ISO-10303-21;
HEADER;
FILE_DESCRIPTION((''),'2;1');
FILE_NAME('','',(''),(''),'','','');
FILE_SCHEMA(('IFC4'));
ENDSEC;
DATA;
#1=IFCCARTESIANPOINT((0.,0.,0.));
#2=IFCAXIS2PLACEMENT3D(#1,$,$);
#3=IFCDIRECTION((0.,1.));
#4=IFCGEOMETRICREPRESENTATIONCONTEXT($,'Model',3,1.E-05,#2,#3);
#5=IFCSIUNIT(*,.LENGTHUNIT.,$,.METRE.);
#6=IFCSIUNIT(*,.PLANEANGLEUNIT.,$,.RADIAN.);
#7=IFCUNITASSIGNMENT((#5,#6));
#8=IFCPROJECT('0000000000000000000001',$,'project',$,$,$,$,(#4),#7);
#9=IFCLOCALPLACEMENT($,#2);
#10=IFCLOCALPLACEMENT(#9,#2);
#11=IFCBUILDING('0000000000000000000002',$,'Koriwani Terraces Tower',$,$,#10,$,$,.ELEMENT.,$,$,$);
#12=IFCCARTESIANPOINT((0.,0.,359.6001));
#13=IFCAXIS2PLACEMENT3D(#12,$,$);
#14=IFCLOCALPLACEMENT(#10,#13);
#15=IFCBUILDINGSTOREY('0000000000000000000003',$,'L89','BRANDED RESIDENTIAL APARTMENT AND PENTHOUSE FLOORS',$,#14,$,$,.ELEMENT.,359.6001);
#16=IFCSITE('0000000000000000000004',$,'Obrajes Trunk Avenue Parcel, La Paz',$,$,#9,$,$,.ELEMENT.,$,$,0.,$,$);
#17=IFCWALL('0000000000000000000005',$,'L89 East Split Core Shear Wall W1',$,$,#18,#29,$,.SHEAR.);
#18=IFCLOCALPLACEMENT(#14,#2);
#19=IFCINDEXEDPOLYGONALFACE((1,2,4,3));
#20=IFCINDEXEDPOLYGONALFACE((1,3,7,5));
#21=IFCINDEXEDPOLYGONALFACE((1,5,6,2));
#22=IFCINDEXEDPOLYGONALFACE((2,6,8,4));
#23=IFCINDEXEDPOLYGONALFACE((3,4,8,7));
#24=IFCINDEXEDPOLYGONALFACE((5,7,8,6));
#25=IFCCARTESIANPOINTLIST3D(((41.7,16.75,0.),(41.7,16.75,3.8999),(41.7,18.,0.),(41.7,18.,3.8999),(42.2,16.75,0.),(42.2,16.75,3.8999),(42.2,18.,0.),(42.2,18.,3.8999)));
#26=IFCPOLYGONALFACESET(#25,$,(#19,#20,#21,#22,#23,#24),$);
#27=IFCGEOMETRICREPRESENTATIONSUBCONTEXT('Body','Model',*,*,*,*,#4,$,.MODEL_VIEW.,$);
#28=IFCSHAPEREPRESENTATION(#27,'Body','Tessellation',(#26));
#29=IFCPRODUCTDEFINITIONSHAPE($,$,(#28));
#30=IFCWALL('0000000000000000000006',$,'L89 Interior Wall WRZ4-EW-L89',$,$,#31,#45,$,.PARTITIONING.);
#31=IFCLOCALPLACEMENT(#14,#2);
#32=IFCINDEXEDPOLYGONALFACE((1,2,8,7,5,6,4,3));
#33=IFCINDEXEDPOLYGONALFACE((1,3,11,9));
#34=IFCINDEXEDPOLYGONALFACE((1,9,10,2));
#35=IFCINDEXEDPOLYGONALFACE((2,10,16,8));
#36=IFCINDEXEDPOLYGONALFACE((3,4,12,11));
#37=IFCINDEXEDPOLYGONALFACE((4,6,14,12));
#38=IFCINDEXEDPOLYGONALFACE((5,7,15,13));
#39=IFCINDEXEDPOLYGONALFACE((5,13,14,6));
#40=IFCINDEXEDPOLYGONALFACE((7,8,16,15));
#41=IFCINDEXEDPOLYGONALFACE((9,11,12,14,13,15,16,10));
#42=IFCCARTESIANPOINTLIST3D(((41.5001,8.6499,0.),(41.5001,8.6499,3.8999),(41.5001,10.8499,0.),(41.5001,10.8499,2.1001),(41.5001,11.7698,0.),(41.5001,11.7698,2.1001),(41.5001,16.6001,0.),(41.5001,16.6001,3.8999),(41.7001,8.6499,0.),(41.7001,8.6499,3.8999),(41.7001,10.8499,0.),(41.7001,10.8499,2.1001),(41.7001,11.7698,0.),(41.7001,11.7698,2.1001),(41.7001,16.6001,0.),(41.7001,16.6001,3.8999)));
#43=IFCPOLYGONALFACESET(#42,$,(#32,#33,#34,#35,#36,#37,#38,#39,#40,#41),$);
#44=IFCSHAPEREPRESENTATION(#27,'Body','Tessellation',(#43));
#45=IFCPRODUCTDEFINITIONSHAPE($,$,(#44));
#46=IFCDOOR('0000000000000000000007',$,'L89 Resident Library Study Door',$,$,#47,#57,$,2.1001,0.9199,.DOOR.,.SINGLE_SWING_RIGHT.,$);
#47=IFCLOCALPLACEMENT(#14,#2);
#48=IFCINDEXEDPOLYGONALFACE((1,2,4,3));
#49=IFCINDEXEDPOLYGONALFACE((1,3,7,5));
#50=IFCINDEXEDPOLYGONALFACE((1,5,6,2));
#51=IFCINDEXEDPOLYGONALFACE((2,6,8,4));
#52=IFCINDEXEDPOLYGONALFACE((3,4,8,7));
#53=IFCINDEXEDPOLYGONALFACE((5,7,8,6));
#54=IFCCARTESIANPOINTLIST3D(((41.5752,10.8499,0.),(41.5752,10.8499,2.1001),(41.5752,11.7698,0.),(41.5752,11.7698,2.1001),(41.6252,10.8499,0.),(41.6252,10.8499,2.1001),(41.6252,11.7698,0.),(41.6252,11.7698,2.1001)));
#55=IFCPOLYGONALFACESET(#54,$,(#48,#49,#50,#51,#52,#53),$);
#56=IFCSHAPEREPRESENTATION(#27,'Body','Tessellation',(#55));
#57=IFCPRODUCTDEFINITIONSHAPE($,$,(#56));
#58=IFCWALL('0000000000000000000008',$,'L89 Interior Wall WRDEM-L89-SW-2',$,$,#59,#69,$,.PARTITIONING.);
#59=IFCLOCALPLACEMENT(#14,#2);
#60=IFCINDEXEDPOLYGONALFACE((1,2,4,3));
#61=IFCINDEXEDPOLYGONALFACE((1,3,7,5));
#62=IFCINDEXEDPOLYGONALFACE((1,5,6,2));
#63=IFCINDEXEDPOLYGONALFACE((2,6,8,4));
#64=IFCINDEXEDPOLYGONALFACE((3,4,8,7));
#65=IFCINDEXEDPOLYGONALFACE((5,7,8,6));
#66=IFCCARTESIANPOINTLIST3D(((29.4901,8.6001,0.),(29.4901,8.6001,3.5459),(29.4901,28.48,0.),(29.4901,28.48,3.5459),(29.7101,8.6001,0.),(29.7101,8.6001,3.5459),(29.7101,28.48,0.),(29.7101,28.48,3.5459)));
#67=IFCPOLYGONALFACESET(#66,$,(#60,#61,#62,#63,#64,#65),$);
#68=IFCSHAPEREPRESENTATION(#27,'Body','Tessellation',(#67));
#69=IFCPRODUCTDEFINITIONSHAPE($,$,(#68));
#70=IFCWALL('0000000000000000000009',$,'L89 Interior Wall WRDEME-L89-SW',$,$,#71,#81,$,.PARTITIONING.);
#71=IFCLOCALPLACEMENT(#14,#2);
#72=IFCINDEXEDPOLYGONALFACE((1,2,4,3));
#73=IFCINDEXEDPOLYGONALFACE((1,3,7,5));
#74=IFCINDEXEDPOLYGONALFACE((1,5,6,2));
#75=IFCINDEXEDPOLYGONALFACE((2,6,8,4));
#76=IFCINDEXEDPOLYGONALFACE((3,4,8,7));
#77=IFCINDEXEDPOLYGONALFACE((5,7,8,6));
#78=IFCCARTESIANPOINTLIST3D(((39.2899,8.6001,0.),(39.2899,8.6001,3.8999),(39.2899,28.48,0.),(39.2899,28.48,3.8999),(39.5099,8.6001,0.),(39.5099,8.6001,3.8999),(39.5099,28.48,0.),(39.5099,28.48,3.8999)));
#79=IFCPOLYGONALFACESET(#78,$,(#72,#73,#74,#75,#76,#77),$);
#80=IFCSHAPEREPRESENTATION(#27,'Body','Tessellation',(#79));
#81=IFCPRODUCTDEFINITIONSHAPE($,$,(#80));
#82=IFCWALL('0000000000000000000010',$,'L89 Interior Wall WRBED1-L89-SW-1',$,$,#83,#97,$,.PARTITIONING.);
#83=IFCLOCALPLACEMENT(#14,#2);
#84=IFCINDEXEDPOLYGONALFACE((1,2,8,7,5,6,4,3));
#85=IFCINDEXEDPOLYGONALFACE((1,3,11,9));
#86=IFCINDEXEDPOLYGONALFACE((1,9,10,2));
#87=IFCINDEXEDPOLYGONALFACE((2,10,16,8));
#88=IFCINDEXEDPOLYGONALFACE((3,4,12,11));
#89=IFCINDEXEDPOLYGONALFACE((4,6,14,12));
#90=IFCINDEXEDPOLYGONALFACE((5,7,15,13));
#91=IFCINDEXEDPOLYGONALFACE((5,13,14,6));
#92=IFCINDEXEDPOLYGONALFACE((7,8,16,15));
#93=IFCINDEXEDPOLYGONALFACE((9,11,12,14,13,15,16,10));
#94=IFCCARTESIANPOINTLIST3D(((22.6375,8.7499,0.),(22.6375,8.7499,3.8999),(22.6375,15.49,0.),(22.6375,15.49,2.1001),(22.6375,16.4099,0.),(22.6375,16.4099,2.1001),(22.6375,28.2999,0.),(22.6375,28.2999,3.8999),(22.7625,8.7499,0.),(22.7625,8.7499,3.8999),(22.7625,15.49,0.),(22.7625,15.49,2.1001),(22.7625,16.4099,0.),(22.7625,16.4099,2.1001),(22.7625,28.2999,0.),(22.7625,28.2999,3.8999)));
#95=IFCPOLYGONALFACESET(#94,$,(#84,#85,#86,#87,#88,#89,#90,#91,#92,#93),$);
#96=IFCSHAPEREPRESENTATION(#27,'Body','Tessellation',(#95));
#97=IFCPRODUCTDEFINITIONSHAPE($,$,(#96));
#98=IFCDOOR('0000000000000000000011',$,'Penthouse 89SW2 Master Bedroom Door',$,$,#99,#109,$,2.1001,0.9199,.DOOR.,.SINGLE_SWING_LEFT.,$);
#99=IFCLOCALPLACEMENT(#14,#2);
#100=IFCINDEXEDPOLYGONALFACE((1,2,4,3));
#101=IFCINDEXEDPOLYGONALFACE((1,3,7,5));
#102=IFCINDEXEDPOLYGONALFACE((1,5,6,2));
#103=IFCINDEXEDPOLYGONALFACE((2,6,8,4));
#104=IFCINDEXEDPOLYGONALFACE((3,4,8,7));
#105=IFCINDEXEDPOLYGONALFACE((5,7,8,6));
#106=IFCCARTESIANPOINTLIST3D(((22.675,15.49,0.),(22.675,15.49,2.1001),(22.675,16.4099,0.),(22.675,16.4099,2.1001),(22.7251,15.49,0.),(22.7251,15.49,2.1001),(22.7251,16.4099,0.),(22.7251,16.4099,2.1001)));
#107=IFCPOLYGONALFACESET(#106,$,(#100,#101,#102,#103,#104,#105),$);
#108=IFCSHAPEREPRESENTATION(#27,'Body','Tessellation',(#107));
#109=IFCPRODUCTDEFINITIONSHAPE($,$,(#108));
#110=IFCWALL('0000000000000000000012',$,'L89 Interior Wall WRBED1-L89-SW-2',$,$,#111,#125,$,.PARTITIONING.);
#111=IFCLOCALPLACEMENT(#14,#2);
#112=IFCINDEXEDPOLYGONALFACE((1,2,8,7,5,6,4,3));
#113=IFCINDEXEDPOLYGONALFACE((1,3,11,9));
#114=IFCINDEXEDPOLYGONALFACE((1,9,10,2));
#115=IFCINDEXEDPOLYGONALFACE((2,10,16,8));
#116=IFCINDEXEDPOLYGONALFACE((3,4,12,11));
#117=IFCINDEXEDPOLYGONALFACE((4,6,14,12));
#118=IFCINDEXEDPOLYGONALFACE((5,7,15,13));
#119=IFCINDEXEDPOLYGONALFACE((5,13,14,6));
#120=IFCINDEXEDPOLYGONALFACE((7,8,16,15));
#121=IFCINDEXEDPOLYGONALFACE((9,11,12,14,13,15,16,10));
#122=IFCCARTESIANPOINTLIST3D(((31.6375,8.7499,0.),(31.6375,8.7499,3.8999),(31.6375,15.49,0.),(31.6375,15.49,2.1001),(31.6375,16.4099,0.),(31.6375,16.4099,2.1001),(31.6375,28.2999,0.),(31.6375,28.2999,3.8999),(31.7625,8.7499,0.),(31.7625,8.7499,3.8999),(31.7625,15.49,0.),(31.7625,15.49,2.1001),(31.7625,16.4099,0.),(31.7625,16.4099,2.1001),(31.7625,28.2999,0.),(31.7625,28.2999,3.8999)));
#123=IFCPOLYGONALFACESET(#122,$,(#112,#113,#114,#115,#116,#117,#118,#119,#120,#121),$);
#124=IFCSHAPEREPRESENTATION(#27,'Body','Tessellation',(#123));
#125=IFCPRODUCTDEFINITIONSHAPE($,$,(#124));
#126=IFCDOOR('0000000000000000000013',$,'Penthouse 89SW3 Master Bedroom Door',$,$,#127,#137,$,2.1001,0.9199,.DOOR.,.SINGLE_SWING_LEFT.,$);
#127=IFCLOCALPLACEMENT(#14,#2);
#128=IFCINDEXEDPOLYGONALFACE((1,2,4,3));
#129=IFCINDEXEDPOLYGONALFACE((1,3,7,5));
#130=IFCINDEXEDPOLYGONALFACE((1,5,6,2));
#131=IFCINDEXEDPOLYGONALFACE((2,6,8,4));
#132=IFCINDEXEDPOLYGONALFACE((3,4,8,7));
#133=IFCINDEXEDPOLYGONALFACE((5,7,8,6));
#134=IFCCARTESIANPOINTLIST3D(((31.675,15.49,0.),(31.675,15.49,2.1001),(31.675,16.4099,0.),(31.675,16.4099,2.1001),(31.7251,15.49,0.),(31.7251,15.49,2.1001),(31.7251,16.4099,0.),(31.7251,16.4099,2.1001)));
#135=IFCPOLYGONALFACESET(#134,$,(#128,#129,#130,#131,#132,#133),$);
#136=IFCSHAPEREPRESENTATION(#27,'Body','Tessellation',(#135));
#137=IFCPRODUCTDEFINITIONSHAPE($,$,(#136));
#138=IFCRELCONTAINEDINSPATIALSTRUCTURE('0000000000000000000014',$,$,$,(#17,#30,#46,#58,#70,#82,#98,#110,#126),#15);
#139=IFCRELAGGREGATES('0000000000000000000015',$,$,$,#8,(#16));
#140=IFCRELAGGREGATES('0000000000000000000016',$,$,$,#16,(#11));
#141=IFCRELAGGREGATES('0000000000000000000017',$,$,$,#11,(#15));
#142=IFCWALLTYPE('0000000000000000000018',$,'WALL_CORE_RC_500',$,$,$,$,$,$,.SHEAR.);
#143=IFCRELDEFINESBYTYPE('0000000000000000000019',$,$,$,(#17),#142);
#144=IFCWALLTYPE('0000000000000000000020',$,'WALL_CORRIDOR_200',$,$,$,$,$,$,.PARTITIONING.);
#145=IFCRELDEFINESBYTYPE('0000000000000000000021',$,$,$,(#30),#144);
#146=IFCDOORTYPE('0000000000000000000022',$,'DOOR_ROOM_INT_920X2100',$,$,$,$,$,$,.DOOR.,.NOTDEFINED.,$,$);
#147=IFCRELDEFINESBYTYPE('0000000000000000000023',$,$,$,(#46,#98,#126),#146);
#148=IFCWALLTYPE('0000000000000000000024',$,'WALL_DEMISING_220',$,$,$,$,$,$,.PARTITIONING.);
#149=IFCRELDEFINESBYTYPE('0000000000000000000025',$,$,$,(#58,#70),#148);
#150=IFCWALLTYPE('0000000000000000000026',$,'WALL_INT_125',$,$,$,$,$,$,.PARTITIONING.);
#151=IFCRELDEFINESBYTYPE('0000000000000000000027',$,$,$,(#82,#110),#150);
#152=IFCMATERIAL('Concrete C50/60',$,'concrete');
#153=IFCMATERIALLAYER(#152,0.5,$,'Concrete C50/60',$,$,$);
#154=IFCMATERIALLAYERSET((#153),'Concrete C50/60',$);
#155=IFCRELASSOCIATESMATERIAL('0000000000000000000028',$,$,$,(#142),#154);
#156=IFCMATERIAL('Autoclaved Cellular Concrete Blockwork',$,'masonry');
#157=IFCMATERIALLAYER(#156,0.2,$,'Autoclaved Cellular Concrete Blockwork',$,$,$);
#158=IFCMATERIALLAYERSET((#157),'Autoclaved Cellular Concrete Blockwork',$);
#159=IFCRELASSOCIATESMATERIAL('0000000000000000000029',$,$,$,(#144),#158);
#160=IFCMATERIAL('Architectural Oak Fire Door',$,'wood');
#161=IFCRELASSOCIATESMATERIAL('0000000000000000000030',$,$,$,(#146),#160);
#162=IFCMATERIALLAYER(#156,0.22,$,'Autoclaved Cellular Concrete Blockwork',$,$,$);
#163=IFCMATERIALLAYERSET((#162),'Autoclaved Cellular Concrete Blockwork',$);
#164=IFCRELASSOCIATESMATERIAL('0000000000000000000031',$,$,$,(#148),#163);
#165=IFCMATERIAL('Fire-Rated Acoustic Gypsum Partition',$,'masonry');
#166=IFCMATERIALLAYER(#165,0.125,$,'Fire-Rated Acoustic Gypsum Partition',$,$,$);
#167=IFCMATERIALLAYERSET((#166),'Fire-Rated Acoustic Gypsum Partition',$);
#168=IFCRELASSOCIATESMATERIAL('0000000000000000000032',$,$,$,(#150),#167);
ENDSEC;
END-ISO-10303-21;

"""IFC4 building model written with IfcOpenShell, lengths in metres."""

from ifc_helpers import new_model, si_unit, direction, frame, frame_2d, origin, place, context, subcontext, project, spatial, rectangle, extrude, material, layer, layer_set, type_object, element, fill, save


model = new_model("IFC4")

# Units and contexts
model_context = context("Model", 3, precision=1e-05, world=origin(), true_north=direction((0.0, 1.0)))
body_context = subcontext(model_context, "Body", "Model", "MODEL_VIEW")
ifc_project = project(units=[si_unit("LENGTHUNIT", "METRE"), si_unit("PLANEANGLEUNIT", "RADIAN")], contexts=[model_context])

# Site, building, storey
site_placement = place(None, origin())
site = spatial("IfcSite", under=ifc_project, at=site_placement, Name="Obrajes Trunk Avenue Parcel, La Paz", CompositionType="ELEMENT", RefElevation=0.0)
building_placement = place(site_placement, origin())
building = spatial("IfcBuilding", under=site, at=building_placement, Name="Koriwani Terraces Tower", CompositionType="ELEMENT")
storey_placement = place(building_placement, frame((0.0, 0.0, 359.6001)))
storey = spatial("IfcBuildingStorey", under=building, at=storey_placement, Name="L89", Description="BRANDED RESIDENTIAL APARTMENT AND PENTHOUSE FLOORS", CompositionType="ELEMENT", Elevation=359.6001)

# Shared definitions
ifc_material_1 = material(Name="Concrete C50/60", Category="concrete")

# Wall
ifc_layer_1 = layer(ifc_material_1, 0.5, Name="Concrete C50/60")
ifc_layer_set_1 = layer_set([ifc_layer_1], Name="Concrete C50/60")
wall_type_1 = type_object("IfcWallType", Name="WALL_CORE_RC_500", PredefinedType="SHEAR", material=ifc_layer_set_1)
wall_1_placement = place(storey_placement, frame((41.95, 16.75, 0.0), z_axis=(0.0, 0.0, 1.0), x_axis=(0.0, 1.0, 0.0)))
element("IfcWall", 1, at=wall_1_placement, inside=storey, type_object=wall_type_1, Name="L89 East Split Core Shear Wall W1", PredefinedType="SHEAR", context=body_context, shape_type="SweptSolid", body=[
    extrude(rectangle(XDim=1.25, YDim=0.5, at=frame_2d((0.625, 0.0))), origin(), (0.0, 0.0, 1.0), 3.8999),
])

# Wall, opening, door
ifc_material_2 = material(Name="Autoclaved Cellular Concrete Blockwork", Category="masonry")
ifc_layer_2 = layer(ifc_material_2, 0.2, Name="Autoclaved Cellular Concrete Blockwork")
ifc_layer_set_2 = layer_set([ifc_layer_2], Name="Autoclaved Cellular Concrete Blockwork")
wall_type_2 = type_object("IfcWallType", Name="WALL_CORRIDOR_200", PredefinedType="PARTITIONING", material=ifc_layer_set_2)
wall_2_placement = place(storey_placement, frame((41.6001, 8.6499, 0.0), z_axis=(0.0, 0.0, 1.0), x_axis=(0.0, 1.0, 0.0)))
wall_2 = element("IfcWall", 2, at=wall_2_placement, inside=storey, type_object=wall_type_2, Name="L89 Interior Wall WRZ4-EW-L89", PredefinedType="PARTITIONING", context=body_context, shape_type="SweptSolid", body=[
    extrude(rectangle(XDim=7.9502, YDim=0.2, at=frame_2d((3.9751, 0.0))), origin(), (0.0, 0.0, 1.0), 3.8999),
])
opening_1_placement = place(wall_2_placement, frame((2.2, 0.0, 0.0)))
opening_1 = element("IfcOpeningElement", 3, at=opening_1_placement, cuts=wall_2, PredefinedType="OPENING", context=body_context, shape_type="SweptSolid", body=[
    extrude(rectangle(XDim=0.9199, YDim=2.1001, at=frame_2d((0.46, 1.05))), frame((0.0, 0.1099, 0.0), z_axis=(0.0, -1.0, 0.0), x_axis=(1.0, 0.0, 0.0)), (0.0, 0.0, 1.0), 0.22),
])
ifc_material_3 = material(Name="Architectural Oak Fire Door", Category="wood")
door_type = type_object("IfcDoorType", Name="DOOR_ROOM_INT_920X2100", OperationType="NOTDEFINED", PredefinedType="DOOR", material=ifc_material_3)
door_1_placement = place(opening_1_placement, origin())
door_1 = element("IfcDoor", 4, at=door_1_placement, inside=storey, type_object=door_type, Name="L89 Resident Library Study Door", OperationType="SINGLE_SWING_RIGHT", OverallHeight=2.1001, OverallWidth=0.9199, PredefinedType="DOOR", context=body_context, shape_type="SweptSolid", body=[
    extrude(rectangle(XDim=0.9199, YDim=2.1001, at=frame_2d((0.46, 1.05))), frame((0.0, 0.0249, 0.0), z_axis=(0.0, -1.0, 0.0), x_axis=(1.0, 0.0, 0.0)), (0.0, 0.0, 1.0), 0.05),
])
fill(opening_1, door_1)

# Walls
ifc_layer_3 = layer(ifc_material_2, 0.22, Name="Autoclaved Cellular Concrete Blockwork")
ifc_layer_set_3 = layer_set([ifc_layer_3], Name="Autoclaved Cellular Concrete Blockwork")
wall_type_3 = type_object("IfcWallType", Name="WALL_DEMISING_220", PredefinedType="PARTITIONING", material=ifc_layer_set_3)
wall_3_placement = place(storey_placement, frame((29.6001, 8.6001, 0.0), z_axis=(0.0, 0.0, 1.0), x_axis=(0.0, 1.0, 0.0)))
element("IfcWall", 5, at=wall_3_placement, inside=storey, type_object=wall_type_3, Name="L89 Interior Wall WRDEM-L89-SW-2", PredefinedType="PARTITIONING", context=body_context, shape_type="SweptSolid", body=[
    extrude(rectangle(XDim=19.8799, YDim=0.22, at=frame_2d((9.9399, 0.0))), origin(), (0.0, 0.0, 1.0), 3.5459),
])
wall_4_placement = place(storey_placement, frame((39.3999, 8.6001, 0.0), z_axis=(0.0, 0.0, 1.0), x_axis=(0.0, 1.0, 0.0)))
element("IfcWall", 6, at=wall_4_placement, inside=storey, type_object=wall_type_3, Name="L89 Interior Wall WRDEME-L89-SW", PredefinedType="PARTITIONING", context=body_context, shape_type="SweptSolid", body=[
    extrude(rectangle(XDim=19.8799, YDim=0.22, at=frame_2d((9.9399, 0.0))), origin(), (0.0, 0.0, 1.0), 3.8999),
])

# Walls, openings, doors
ifc_material_4 = material(Name="Fire-Rated Acoustic Gypsum Partition", Category="masonry")
ifc_layer_4 = layer(ifc_material_4, 0.125, Name="Fire-Rated Acoustic Gypsum Partition")
ifc_layer_set_4 = layer_set([ifc_layer_4], Name="Fire-Rated Acoustic Gypsum Partition")
wall_type_4 = type_object("IfcWallType", Name="WALL_INT_125", PredefinedType="PARTITIONING", material=ifc_layer_set_4)
wall_5_placement = place(storey_placement, frame((22.7, 8.75, 0.0), z_axis=(0.0, 0.0, 1.0), x_axis=(0.0, 1.0, 0.0)))
wall_5 = element("IfcWall", 7, at=wall_5_placement, inside=storey, type_object=wall_type_4, Name="L89 Interior Wall WRBED1-L89-SW-1", PredefinedType="PARTITIONING", context=body_context, shape_type="SweptSolid", body=[
    extrude(rectangle(XDim=19.55, YDim=0.125, at=frame_2d((9.7749, 0.0))), origin(), (0.0, 0.0, 1.0), 3.8999),
])
opening_2_placement = place(wall_5_placement, frame((6.74, 0.0, 0.0)))
opening_2 = element("IfcOpeningElement", 8, at=opening_2_placement, cuts=wall_5, PredefinedType="OPENING", context=body_context, shape_type="SweptSolid", body=[
    extrude(rectangle(XDim=0.9199, YDim=2.1001, at=frame_2d((0.46, 1.05))), frame((0.0, 0.0725, 0.0), z_axis=(0.0, -1.0, 0.0), x_axis=(1.0, 0.0, 0.0)), (0.0, 0.0, 1.0), 0.145),
])
door_2_placement = place(opening_2_placement, origin())
door_2 = element("IfcDoor", 9, at=door_2_placement, inside=storey, type_object=door_type, Name="Penthouse 89SW2 Master Bedroom Door", OperationType="SINGLE_SWING_LEFT", OverallHeight=2.1001, OverallWidth=0.9199, PredefinedType="DOOR", context=body_context, shape_type="SweptSolid", body=[
    extrude(rectangle(XDim=0.9199, YDim=2.1001, at=frame_2d((0.46, 1.05))), frame((0.0, 0.0249, 0.0), z_axis=(0.0, -1.0, 0.0), x_axis=(1.0, 0.0, 0.0)), (0.0, 0.0, 1.0), 0.05),
])
fill(opening_2, door_2)
wall_6_placement = place(storey_placement, frame((31.7, 8.75, 0.0), z_axis=(0.0, 0.0, 1.0), x_axis=(0.0, 1.0, 0.0)))
wall_6 = element("IfcWall", 10, at=wall_6_placement, inside=storey, type_object=wall_type_4, Name="L89 Interior Wall WRBED1-L89-SW-2", PredefinedType="PARTITIONING", context=body_context, shape_type="SweptSolid", body=[
    extrude(rectangle(XDim=19.55, YDim=0.125, at=frame_2d((9.7749, 0.0))), origin(), (0.0, 0.0, 1.0), 3.8999),
])
opening_3_placement = place(wall_6_placement, frame((6.74, 0.0, 0.0)))
opening_3 = element("IfcOpeningElement", 11, at=opening_3_placement, cuts=wall_6, PredefinedType="OPENING", context=body_context, shape_type="SweptSolid", body=[
    extrude(rectangle(XDim=0.9199, YDim=2.1001, at=frame_2d((0.46, 1.05))), frame((0.0, 0.0725, 0.0), z_axis=(0.0, -1.0, 0.0), x_axis=(1.0, 0.0, 0.0)), (0.0, 0.0, 1.0), 0.145),
])
door_3_placement = place(opening_3_placement, origin())
door_3 = element("IfcDoor", 12, at=door_3_placement, inside=storey, type_object=door_type, Name="Penthouse 89SW3 Master Bedroom Door", OperationType="SINGLE_SWING_LEFT", OverallHeight=2.1001, OverallWidth=0.9199, PredefinedType="DOOR", context=body_context, shape_type="SweptSolid", body=[
    extrude(rectangle(XDim=0.9199, YDim=2.1001, at=frame_2d((0.46, 1.05))), frame((0.0, 0.0249, 0.0), z_axis=(0.0, -1.0, 0.0), x_axis=(1.0, 0.0, 0.0)), (0.0, 0.0, 1.0), 0.05),
])
fill(opening_3, door_3)

save(model, "model.ifc")
